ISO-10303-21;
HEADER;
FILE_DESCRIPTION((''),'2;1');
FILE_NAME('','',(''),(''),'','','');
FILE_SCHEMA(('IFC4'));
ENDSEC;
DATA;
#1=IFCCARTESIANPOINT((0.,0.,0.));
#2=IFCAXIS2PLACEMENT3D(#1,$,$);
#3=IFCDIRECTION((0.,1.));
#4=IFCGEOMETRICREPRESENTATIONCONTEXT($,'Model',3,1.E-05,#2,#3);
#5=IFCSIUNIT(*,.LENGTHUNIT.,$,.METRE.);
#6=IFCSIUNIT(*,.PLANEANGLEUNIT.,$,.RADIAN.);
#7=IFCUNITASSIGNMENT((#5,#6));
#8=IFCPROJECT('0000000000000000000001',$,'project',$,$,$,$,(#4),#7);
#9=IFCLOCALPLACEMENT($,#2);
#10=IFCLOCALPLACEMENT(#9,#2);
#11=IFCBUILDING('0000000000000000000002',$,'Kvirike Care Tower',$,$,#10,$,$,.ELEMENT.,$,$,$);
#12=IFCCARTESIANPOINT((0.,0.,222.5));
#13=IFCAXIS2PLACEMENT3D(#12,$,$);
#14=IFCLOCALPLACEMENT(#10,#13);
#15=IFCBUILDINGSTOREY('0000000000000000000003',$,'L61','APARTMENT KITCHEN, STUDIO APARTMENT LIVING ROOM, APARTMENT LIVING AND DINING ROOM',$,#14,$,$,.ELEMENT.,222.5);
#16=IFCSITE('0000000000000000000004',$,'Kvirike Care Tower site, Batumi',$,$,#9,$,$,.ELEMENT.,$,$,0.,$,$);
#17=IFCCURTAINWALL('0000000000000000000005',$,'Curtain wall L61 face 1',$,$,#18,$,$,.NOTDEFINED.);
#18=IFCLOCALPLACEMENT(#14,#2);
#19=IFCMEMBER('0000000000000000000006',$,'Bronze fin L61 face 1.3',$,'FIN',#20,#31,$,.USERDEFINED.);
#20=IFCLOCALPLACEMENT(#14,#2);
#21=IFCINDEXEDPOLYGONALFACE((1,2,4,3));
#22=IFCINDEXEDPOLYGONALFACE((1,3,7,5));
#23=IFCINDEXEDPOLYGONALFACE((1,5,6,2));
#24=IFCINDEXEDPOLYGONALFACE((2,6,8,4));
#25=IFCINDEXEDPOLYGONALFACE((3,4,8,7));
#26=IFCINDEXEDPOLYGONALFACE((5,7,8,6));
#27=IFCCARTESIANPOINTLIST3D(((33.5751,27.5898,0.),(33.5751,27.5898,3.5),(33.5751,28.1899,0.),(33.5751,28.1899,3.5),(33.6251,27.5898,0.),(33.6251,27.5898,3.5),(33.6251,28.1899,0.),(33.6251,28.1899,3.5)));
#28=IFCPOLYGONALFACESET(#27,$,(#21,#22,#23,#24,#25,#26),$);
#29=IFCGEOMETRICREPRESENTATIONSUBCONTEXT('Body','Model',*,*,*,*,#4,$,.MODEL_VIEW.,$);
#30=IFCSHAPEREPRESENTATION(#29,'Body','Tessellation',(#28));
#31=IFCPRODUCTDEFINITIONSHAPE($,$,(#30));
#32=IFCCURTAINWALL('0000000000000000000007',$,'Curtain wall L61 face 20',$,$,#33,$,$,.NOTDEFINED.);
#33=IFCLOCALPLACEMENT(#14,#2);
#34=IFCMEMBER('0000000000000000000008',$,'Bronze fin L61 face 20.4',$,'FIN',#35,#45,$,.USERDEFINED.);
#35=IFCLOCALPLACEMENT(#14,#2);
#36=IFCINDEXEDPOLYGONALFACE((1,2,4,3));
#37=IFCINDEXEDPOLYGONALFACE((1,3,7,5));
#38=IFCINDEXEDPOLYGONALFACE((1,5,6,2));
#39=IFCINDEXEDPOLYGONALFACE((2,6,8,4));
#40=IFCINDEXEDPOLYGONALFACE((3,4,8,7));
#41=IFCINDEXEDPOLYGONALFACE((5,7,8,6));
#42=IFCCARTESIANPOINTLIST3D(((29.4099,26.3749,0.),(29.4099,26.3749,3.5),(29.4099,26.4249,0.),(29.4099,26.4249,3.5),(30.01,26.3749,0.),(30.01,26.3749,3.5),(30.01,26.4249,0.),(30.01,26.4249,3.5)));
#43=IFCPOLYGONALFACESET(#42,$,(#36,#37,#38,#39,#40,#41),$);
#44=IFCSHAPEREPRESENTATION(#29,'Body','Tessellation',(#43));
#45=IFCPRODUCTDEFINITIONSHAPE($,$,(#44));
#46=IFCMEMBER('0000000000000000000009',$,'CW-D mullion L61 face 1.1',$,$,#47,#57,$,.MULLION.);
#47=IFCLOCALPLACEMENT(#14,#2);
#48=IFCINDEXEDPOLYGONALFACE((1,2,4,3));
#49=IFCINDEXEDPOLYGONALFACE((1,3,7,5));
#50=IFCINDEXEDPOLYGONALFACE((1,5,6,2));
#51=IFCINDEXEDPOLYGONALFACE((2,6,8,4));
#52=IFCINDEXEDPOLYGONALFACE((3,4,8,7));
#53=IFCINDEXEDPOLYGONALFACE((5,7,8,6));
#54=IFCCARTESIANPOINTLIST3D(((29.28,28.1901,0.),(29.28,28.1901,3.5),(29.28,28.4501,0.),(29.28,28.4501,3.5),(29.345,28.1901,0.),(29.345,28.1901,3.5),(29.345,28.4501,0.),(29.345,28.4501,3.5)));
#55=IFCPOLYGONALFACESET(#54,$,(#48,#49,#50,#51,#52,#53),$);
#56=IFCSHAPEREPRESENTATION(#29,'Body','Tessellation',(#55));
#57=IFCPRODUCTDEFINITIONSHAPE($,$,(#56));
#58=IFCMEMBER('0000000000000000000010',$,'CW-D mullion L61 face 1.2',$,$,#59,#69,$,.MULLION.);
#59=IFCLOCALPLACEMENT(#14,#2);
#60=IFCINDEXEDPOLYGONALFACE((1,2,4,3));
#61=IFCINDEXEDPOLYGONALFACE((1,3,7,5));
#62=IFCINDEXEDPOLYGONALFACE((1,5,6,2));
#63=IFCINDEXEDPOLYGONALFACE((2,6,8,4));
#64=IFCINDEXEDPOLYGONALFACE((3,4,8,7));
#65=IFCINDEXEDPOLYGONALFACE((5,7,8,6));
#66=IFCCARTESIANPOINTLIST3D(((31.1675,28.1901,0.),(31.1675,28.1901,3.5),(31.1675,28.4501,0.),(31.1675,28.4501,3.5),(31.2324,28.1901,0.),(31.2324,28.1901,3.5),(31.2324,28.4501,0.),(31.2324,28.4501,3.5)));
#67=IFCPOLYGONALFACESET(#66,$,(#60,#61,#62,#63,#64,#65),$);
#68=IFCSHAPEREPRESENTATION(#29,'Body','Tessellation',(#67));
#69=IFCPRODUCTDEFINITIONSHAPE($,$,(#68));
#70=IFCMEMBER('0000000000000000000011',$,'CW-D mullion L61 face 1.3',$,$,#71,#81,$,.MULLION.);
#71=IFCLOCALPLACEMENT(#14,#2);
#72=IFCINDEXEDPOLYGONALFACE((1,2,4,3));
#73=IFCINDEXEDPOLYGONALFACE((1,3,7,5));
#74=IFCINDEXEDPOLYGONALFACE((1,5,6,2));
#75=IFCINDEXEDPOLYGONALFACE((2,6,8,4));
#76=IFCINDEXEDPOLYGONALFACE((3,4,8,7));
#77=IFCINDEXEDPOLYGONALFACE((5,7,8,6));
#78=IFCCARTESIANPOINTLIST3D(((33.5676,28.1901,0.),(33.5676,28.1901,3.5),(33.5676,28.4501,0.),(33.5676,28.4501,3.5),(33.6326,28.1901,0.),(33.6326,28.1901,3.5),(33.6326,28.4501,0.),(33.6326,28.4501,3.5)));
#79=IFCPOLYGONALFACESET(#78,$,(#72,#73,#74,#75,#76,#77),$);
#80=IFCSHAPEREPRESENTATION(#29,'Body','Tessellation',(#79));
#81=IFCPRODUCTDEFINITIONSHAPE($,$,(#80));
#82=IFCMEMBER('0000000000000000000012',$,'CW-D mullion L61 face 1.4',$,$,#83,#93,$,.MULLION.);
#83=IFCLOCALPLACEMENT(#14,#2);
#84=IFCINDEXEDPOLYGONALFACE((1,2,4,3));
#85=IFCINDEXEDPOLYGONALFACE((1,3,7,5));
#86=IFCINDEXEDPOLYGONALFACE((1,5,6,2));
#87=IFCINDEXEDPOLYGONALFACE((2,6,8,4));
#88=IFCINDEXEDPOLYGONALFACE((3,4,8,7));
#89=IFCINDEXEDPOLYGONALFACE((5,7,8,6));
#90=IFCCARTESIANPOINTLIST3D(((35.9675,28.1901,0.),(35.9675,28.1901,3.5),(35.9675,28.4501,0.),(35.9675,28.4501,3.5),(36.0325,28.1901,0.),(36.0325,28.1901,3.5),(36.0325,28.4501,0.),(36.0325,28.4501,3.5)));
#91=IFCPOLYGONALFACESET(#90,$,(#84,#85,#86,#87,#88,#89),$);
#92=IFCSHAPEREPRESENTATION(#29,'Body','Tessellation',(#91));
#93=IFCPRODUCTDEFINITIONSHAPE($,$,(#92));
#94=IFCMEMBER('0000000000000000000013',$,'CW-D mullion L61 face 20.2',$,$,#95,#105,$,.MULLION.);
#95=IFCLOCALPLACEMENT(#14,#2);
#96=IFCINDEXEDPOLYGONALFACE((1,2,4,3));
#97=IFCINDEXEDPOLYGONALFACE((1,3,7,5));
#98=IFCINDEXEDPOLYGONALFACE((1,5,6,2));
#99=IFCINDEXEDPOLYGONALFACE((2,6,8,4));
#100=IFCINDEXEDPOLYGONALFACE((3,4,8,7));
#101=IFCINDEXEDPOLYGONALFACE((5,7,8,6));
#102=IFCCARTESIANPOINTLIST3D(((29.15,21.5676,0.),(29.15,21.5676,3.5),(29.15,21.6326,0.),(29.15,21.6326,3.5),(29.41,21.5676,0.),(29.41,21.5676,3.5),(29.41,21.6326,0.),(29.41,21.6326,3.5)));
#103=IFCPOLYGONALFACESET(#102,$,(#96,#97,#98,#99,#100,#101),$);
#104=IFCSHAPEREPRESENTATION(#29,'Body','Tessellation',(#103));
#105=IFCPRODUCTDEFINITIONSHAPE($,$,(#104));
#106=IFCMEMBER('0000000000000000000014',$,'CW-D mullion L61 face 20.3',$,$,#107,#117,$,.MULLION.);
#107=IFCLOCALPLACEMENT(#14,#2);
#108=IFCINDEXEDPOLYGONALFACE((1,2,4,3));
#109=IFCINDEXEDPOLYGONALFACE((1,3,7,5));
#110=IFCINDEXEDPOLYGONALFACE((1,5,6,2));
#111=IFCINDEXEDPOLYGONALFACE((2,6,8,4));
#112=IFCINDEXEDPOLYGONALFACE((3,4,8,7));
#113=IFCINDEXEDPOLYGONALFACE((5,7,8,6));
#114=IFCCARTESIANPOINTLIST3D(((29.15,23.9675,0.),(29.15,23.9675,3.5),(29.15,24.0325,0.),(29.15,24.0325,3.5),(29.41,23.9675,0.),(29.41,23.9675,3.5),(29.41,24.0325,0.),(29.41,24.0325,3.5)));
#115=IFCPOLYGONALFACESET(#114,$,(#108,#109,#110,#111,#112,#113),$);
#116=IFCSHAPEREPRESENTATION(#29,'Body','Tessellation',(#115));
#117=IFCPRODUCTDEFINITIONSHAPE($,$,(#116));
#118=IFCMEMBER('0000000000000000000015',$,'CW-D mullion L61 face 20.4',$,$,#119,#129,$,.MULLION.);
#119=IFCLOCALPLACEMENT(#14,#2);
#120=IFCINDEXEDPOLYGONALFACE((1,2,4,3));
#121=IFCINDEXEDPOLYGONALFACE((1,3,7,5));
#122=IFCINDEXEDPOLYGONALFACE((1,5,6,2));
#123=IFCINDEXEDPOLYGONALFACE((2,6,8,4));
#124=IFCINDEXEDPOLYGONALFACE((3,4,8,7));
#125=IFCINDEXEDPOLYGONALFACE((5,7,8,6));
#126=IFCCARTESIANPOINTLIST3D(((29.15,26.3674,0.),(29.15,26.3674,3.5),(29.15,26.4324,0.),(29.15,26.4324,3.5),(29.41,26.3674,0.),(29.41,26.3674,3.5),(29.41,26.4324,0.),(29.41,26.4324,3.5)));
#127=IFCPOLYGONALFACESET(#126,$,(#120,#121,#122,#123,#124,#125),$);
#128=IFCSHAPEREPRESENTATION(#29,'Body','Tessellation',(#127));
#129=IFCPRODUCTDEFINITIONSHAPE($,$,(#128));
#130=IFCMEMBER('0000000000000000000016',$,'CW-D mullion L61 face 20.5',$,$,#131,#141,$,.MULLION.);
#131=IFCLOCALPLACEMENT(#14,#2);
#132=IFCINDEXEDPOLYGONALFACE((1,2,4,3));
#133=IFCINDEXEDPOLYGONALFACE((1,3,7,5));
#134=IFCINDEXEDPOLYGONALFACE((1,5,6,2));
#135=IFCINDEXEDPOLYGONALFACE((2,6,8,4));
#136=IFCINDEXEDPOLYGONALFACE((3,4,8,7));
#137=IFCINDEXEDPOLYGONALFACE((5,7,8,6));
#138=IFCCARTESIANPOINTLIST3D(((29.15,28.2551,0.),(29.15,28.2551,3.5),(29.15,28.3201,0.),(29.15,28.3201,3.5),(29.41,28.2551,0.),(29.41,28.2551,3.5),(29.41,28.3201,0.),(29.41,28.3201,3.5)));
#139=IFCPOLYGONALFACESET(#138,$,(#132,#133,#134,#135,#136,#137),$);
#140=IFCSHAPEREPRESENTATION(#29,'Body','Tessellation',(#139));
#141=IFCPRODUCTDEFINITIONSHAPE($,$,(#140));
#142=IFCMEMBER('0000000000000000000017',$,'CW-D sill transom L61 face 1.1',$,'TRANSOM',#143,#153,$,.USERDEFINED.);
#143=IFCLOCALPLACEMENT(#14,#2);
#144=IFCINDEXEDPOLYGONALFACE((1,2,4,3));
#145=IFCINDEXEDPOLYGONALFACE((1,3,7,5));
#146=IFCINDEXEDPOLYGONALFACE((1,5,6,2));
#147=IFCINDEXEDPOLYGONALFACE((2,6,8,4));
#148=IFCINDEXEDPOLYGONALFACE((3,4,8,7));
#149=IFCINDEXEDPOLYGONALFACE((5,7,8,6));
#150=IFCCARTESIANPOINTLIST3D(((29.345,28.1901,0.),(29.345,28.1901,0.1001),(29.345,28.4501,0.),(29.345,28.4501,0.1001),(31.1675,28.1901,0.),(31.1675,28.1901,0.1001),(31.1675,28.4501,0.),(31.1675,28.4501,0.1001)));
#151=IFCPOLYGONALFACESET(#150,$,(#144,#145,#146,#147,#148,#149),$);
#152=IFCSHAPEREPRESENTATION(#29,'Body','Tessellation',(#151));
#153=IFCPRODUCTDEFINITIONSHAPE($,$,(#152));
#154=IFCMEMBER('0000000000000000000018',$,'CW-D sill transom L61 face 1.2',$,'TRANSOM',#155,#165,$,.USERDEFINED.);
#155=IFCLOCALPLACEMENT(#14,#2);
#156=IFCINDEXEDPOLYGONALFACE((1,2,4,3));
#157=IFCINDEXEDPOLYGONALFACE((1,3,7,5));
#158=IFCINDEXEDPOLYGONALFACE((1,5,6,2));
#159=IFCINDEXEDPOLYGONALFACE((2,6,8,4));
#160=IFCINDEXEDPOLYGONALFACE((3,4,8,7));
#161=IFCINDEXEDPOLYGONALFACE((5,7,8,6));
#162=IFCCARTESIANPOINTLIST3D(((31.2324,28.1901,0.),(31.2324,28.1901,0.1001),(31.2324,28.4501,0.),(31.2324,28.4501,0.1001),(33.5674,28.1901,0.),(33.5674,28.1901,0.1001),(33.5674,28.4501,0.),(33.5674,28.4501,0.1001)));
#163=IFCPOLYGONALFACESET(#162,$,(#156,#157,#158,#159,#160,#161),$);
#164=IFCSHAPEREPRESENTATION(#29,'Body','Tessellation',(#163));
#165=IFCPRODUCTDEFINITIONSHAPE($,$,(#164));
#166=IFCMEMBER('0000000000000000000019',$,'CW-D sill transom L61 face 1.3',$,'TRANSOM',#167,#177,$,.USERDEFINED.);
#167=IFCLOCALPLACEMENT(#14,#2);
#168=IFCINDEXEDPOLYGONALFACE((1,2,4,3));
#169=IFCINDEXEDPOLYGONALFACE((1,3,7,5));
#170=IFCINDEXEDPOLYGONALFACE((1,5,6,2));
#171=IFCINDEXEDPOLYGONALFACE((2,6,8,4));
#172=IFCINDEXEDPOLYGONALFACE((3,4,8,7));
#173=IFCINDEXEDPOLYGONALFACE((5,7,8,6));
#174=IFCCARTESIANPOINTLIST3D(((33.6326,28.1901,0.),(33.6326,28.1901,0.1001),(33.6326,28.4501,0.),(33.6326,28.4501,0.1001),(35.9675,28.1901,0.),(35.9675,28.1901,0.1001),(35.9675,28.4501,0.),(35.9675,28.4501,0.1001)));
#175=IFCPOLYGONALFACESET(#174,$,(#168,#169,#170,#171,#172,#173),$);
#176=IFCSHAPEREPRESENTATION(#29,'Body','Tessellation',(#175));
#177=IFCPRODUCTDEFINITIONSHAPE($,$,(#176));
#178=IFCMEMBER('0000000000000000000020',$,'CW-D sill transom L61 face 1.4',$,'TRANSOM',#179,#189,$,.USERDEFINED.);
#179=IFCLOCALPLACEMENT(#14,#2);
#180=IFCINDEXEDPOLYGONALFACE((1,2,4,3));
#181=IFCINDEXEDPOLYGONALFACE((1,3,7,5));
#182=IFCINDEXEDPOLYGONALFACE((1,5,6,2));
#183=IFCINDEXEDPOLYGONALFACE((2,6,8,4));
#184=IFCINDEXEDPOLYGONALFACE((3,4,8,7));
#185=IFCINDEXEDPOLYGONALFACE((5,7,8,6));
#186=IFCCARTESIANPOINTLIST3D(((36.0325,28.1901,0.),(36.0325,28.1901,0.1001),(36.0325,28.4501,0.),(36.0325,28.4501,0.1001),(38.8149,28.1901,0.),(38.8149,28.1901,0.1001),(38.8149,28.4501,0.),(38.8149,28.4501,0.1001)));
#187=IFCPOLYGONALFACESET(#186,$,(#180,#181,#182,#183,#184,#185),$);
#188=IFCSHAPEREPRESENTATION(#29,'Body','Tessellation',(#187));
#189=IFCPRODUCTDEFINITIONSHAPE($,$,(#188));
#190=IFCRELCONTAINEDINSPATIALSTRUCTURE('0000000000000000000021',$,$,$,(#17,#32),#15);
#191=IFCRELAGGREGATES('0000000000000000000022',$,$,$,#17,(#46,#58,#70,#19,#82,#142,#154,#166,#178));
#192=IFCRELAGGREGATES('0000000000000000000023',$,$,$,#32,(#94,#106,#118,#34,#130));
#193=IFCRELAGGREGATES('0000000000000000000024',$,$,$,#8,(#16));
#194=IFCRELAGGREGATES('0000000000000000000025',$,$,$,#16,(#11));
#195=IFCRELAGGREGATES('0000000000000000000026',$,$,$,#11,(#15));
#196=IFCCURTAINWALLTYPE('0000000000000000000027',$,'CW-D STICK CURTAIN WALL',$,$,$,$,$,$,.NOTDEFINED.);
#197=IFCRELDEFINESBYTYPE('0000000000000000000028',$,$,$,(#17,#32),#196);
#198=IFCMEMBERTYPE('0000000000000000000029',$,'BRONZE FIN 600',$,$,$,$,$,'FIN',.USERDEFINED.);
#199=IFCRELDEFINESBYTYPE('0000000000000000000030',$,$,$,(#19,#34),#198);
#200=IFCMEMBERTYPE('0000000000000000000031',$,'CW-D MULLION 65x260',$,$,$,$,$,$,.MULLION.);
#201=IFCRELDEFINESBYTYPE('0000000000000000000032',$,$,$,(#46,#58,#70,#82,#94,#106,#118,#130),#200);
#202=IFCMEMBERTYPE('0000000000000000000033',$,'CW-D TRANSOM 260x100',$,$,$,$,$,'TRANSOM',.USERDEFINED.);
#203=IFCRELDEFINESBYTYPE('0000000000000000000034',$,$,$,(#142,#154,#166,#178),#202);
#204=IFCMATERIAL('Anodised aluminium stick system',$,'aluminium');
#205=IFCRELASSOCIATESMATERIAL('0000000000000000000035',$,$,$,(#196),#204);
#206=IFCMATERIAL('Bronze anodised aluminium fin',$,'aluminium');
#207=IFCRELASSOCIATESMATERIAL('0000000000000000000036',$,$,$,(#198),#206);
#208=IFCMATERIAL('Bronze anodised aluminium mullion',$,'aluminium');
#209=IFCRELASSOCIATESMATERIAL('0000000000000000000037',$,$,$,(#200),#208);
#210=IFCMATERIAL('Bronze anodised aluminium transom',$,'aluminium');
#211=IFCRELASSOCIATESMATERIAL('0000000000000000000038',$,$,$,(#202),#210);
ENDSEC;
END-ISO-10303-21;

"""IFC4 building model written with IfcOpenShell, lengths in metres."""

from ifc_helpers import new_model, si_unit, direction, frame, origin, origin_2d, place, context, subcontext, project, spatial, rectangle, extrude, material, material_profile, profile_set, type_object, element, aggregate, save


model = new_model("IFC4")

# Units and contexts
model_context = context("Model", 3, precision=1e-05, world=origin(), true_north=direction((0.0, 1.0)))
body_context = subcontext(model_context, "Body", "Model", "MODEL_VIEW")
ifc_project = project(units=[si_unit("LENGTHUNIT", "METRE"), si_unit("PLANEANGLEUNIT", "RADIAN")], contexts=[model_context])

# Site, building, storey
site_placement = place(None, origin())
site = spatial("IfcSite", under=ifc_project, at=site_placement, Name="Kvirike Care Tower site, Batumi", CompositionType="ELEMENT", RefElevation=0.0)
building_placement = place(site_placement, origin())
building = spatial("IfcBuilding", under=site, at=building_placement, Name="Kvirike Care Tower", CompositionType="ELEMENT")
storey_placement = place(building_placement, frame((0.0, 0.0, 222.5)))
storey = spatial("IfcBuildingStorey", under=building, at=storey_placement, Name="L61", Description="APARTMENT KITCHEN, STUDIO APARTMENT LIVING ROOM, APARTMENT LIVING AND DINING ROOM", CompositionType="ELEMENT", Elevation=222.5)

# Curtain walls, members
ifc_material_1 = material(Name="Anodised aluminium stick system", Category="aluminium")
curtain_wall_type = type_object("IfcCurtainWallType", Name="CW-D STICK CURTAIN WALL", PredefinedType="NOTDEFINED", material=ifc_material_1)
curtain_wall_1_placement = place(storey_placement, origin())
curtain_wall_1 = element("IfcCurtainWall", 1, at=curtain_wall_1_placement, inside=storey, type_object=curtain_wall_type, Name="Curtain wall L61 face 1", PredefinedType="NOTDEFINED")
ifc_material_2 = material(Name="Bronze anodised aluminium fin", Category="aluminium")
ifc_material_profile_1 = material_profile(ifc_material_2, rectangle(XDim=0.05, YDim=0.6001, at=origin_2d()), Name="BRONZE FIN 600")
ifc_profile_set_1 = profile_set([ifc_material_profile_1], Name="Bronze anodised aluminium fin")
member_type_1 = type_object("IfcMemberType", Name="BRONZE FIN 600", ElementType="FIN", PredefinedType="USERDEFINED", material=ifc_profile_set_1)
member_1_placement = place(storey_placement, frame((33.6001, 27.8899, 0.0), z_axis=(0.0, 0.0, 1.0), x_axis=(1.0, 0.0, 0.0)))
member_1 = element("IfcMember", 2, at=member_1_placement, type_object=member_type_1, Name="Bronze fin L61 face 1.3", ObjectType="FIN", PredefinedType="USERDEFINED", context=body_context, shape_type="SweptSolid", body=[
    extrude(rectangle(XDim=0.05, YDim=0.6001, at=origin_2d()), origin(), (0.0, 0.0, 1.0), 3.5),
])
curtain_wall_2_placement = place(storey_placement, origin())
curtain_wall_2 = element("IfcCurtainWall", 3, at=curtain_wall_2_placement, inside=storey, type_object=curtain_wall_type, Name="Curtain wall L61 face 20", PredefinedType="NOTDEFINED")
member_2_placement = place(storey_placement, frame((29.71, 26.3999, 0.0), z_axis=(0.0, 0.0, 1.0), x_axis=(0.0, 1.0, 0.0)))
member_2 = element("IfcMember", 4, at=member_2_placement, type_object=member_type_1, Name="Bronze fin L61 face 20.4", ObjectType="FIN", PredefinedType="USERDEFINED", context=body_context, shape_type="SweptSolid", body=[
    extrude(rectangle(XDim=0.05, YDim=0.6001, at=origin_2d()), origin(), (0.0, 0.0, 1.0), 3.5),
])

# Members
ifc_material_3 = material(Name="Bronze anodised aluminium mullion", Category="aluminium")
ifc_material_profile_2 = material_profile(ifc_material_3, rectangle(XDim=0.0649, YDim=0.26, at=origin_2d()), Name="CW-D MULLION 65x260")
ifc_profile_set_2 = profile_set([ifc_material_profile_2], Name="Bronze anodised aluminium mullion")
member_type_2 = type_object("IfcMemberType", Name="CW-D MULLION 65x260", PredefinedType="MULLION", material=ifc_profile_set_2)
member_3_placement = place(storey_placement, frame((29.3125, 28.3201, 0.0), z_axis=(0.0, 0.0, 1.0), x_axis=(1.0, 0.0, 0.0)))
member_3 = element("IfcMember", 5, at=member_3_placement, type_object=member_type_2, Name="CW-D mullion L61 face 1.1", PredefinedType="MULLION", context=body_context, shape_type="SweptSolid", body=[
    extrude(rectangle(XDim=0.0649, YDim=0.26, at=origin_2d()), origin(), (0.0, 0.0, 1.0), 3.5),
])
member_4_placement = place(storey_placement, frame((31.2, 28.3201, 0.0), z_axis=(0.0, 0.0, 1.0), x_axis=(1.0, 0.0, 0.0)))
member_4 = element("IfcMember", 6, at=member_4_placement, type_object=member_type_2, Name="CW-D mullion L61 face 1.2", PredefinedType="MULLION", context=body_context, shape_type="SweptSolid", body=[
    extrude(rectangle(XDim=0.0649, YDim=0.26, at=origin_2d()), origin(), (0.0, 0.0, 1.0), 3.5),
])
member_5_placement = place(storey_placement, frame((33.6001, 28.3201, 0.0), z_axis=(0.0, 0.0, 1.0), x_axis=(1.0, 0.0, 0.0)))
member_5 = element("IfcMember", 7, at=member_5_placement, type_object=member_type_2, Name="CW-D mullion L61 face 1.3", PredefinedType="MULLION", context=body_context, shape_type="SweptSolid", body=[
    extrude(rectangle(XDim=0.0649, YDim=0.26, at=origin_2d()), origin(), (0.0, 0.0, 1.0), 3.5),
])
member_6_placement = place(storey_placement, frame((36.0, 28.3201, 0.0), z_axis=(0.0, 0.0, 1.0), x_axis=(1.0, 0.0, 0.0)))
member_6 = element("IfcMember", 8, at=member_6_placement, type_object=member_type_2, Name="CW-D mullion L61 face 1.4", PredefinedType="MULLION", context=body_context, shape_type="SweptSolid", body=[
    extrude(rectangle(XDim=0.0649, YDim=0.26, at=origin_2d()), origin(), (0.0, 0.0, 1.0), 3.5),
])
member_7_placement = place(storey_placement, frame((29.28, 21.6001, 0.0), z_axis=(0.0, 0.0, 1.0), x_axis=(0.0, 1.0, 0.0)))
member_7 = element("IfcMember", 9, at=member_7_placement, type_object=member_type_2, Name="CW-D mullion L61 face 20.2", PredefinedType="MULLION", context=body_context, shape_type="SweptSolid", body=[
    extrude(rectangle(XDim=0.0649, YDim=0.26, at=origin_2d()), origin(), (0.0, 0.0, 1.0), 3.5),
])
member_8_placement = place(storey_placement, frame((29.28, 24.0, 0.0), z_axis=(0.0, 0.0, 1.0), x_axis=(0.0, 1.0, 0.0)))
member_8 = element("IfcMember", 10, at=member_8_placement, type_object=member_type_2, Name="CW-D mullion L61 face 20.3", PredefinedType="MULLION", context=body_context, shape_type="SweptSolid", body=[
    extrude(rectangle(XDim=0.0649, YDim=0.26, at=origin_2d()), origin(), (0.0, 0.0, 1.0), 3.5),
])
member_9_placement = place(storey_placement, frame((29.28, 26.3999, 0.0), z_axis=(0.0, 0.0, 1.0), x_axis=(0.0, 1.0, 0.0)))
member_9 = element("IfcMember", 11, at=member_9_placement, type_object=member_type_2, Name="CW-D mullion L61 face 20.4", PredefinedType="MULLION", context=body_context, shape_type="SweptSolid", body=[
    extrude(rectangle(XDim=0.0649, YDim=0.26, at=origin_2d()), origin(), (0.0, 0.0, 1.0), 3.5),
])
member_10_placement = place(storey_placement, frame((29.28, 28.2876, 0.0), z_axis=(0.0, 0.0, 1.0), x_axis=(0.0, 1.0, 0.0)))
member_10 = element("IfcMember", 12, at=member_10_placement, type_object=member_type_2, Name="CW-D mullion L61 face 20.5", PredefinedType="MULLION", context=body_context, shape_type="SweptSolid", body=[
    extrude(rectangle(XDim=0.0649, YDim=0.26, at=origin_2d()), origin(), (0.0, 0.0, 1.0), 3.5),
])
ifc_material_4 = material(Name="Bronze anodised aluminium transom", Category="aluminium")
ifc_material_profile_3 = material_profile(ifc_material_4, rectangle(XDim=0.26, YDim=0.1001, at=origin_2d()), Name="CW-D TRANSOM 260x100")
ifc_profile_set_3 = profile_set([ifc_material_profile_3], Name="Bronze anodised aluminium transom")
member_type_3 = type_object("IfcMemberType", Name="CW-D TRANSOM 260x100", ElementType="TRANSOM", PredefinedType="USERDEFINED", material=ifc_profile_set_3)
member_11_placement = place(storey_placement, frame((29.345, 28.3201, 0.05), z_axis=(1.0, 0.0, 0.0), x_axis=(0.0, 1.0, 0.0)))
member_11 = element("IfcMember", 13, at=member_11_placement, type_object=member_type_3, Name="CW-D sill transom L61 face 1.1", ObjectType="TRANSOM", PredefinedType="USERDEFINED", context=body_context, shape_type="SweptSolid", body=[
    extrude(rectangle(XDim=0.26, YDim=0.1001, at=origin_2d()), origin(), (0.0, 0.0, 1.0), 1.8225),
])
member_12_placement = place(storey_placement, frame((31.2324, 28.3201, 0.05), z_axis=(1.0, 0.0, 0.0), x_axis=(0.0, 1.0, 0.0)))
member_12 = element("IfcMember", 14, at=member_12_placement, type_object=member_type_3, Name="CW-D sill transom L61 face 1.2", ObjectType="TRANSOM", PredefinedType="USERDEFINED", context=body_context, shape_type="SweptSolid", body=[
    extrude(rectangle(XDim=0.26, YDim=0.1001, at=origin_2d()), origin(), (0.0, 0.0, 1.0), 2.335),
])
member_13_placement = place(storey_placement, frame((33.6326, 28.3201, 0.05), z_axis=(1.0, 0.0, 0.0), x_axis=(0.0, 1.0, 0.0)))
member_13 = element("IfcMember", 15, at=member_13_placement, type_object=member_type_3, Name="CW-D sill transom L61 face 1.3", ObjectType="TRANSOM", PredefinedType="USERDEFINED", context=body_context, shape_type="SweptSolid", body=[
    extrude(rectangle(XDim=0.26, YDim=0.1001, at=origin_2d()), origin(), (0.0, 0.0, 1.0), 2.335),
])
member_14_placement = place(storey_placement, frame((36.0325, 28.3201, 0.05), z_axis=(1.0, 0.0, 0.0), x_axis=(0.0, 1.0, 0.0)))
member_14 = element("IfcMember", 16, at=member_14_placement, type_object=member_type_3, Name="CW-D sill transom L61 face 1.4", ObjectType="TRANSOM", PredefinedType="USERDEFINED", context=body_context, shape_type="SweptSolid", body=[
    extrude(rectangle(XDim=0.26, YDim=0.1001, at=origin_2d()), origin(), (0.0, 0.0, 1.0), 2.7825),
])

aggregate(curtain_wall_1, [member_3, member_4, member_5, member_1, member_6, member_11, member_12, member_13, member_14])
aggregate(curtain_wall_2, [member_7, member_8, member_9, member_2, member_10])

save(model, "model.ifc")
